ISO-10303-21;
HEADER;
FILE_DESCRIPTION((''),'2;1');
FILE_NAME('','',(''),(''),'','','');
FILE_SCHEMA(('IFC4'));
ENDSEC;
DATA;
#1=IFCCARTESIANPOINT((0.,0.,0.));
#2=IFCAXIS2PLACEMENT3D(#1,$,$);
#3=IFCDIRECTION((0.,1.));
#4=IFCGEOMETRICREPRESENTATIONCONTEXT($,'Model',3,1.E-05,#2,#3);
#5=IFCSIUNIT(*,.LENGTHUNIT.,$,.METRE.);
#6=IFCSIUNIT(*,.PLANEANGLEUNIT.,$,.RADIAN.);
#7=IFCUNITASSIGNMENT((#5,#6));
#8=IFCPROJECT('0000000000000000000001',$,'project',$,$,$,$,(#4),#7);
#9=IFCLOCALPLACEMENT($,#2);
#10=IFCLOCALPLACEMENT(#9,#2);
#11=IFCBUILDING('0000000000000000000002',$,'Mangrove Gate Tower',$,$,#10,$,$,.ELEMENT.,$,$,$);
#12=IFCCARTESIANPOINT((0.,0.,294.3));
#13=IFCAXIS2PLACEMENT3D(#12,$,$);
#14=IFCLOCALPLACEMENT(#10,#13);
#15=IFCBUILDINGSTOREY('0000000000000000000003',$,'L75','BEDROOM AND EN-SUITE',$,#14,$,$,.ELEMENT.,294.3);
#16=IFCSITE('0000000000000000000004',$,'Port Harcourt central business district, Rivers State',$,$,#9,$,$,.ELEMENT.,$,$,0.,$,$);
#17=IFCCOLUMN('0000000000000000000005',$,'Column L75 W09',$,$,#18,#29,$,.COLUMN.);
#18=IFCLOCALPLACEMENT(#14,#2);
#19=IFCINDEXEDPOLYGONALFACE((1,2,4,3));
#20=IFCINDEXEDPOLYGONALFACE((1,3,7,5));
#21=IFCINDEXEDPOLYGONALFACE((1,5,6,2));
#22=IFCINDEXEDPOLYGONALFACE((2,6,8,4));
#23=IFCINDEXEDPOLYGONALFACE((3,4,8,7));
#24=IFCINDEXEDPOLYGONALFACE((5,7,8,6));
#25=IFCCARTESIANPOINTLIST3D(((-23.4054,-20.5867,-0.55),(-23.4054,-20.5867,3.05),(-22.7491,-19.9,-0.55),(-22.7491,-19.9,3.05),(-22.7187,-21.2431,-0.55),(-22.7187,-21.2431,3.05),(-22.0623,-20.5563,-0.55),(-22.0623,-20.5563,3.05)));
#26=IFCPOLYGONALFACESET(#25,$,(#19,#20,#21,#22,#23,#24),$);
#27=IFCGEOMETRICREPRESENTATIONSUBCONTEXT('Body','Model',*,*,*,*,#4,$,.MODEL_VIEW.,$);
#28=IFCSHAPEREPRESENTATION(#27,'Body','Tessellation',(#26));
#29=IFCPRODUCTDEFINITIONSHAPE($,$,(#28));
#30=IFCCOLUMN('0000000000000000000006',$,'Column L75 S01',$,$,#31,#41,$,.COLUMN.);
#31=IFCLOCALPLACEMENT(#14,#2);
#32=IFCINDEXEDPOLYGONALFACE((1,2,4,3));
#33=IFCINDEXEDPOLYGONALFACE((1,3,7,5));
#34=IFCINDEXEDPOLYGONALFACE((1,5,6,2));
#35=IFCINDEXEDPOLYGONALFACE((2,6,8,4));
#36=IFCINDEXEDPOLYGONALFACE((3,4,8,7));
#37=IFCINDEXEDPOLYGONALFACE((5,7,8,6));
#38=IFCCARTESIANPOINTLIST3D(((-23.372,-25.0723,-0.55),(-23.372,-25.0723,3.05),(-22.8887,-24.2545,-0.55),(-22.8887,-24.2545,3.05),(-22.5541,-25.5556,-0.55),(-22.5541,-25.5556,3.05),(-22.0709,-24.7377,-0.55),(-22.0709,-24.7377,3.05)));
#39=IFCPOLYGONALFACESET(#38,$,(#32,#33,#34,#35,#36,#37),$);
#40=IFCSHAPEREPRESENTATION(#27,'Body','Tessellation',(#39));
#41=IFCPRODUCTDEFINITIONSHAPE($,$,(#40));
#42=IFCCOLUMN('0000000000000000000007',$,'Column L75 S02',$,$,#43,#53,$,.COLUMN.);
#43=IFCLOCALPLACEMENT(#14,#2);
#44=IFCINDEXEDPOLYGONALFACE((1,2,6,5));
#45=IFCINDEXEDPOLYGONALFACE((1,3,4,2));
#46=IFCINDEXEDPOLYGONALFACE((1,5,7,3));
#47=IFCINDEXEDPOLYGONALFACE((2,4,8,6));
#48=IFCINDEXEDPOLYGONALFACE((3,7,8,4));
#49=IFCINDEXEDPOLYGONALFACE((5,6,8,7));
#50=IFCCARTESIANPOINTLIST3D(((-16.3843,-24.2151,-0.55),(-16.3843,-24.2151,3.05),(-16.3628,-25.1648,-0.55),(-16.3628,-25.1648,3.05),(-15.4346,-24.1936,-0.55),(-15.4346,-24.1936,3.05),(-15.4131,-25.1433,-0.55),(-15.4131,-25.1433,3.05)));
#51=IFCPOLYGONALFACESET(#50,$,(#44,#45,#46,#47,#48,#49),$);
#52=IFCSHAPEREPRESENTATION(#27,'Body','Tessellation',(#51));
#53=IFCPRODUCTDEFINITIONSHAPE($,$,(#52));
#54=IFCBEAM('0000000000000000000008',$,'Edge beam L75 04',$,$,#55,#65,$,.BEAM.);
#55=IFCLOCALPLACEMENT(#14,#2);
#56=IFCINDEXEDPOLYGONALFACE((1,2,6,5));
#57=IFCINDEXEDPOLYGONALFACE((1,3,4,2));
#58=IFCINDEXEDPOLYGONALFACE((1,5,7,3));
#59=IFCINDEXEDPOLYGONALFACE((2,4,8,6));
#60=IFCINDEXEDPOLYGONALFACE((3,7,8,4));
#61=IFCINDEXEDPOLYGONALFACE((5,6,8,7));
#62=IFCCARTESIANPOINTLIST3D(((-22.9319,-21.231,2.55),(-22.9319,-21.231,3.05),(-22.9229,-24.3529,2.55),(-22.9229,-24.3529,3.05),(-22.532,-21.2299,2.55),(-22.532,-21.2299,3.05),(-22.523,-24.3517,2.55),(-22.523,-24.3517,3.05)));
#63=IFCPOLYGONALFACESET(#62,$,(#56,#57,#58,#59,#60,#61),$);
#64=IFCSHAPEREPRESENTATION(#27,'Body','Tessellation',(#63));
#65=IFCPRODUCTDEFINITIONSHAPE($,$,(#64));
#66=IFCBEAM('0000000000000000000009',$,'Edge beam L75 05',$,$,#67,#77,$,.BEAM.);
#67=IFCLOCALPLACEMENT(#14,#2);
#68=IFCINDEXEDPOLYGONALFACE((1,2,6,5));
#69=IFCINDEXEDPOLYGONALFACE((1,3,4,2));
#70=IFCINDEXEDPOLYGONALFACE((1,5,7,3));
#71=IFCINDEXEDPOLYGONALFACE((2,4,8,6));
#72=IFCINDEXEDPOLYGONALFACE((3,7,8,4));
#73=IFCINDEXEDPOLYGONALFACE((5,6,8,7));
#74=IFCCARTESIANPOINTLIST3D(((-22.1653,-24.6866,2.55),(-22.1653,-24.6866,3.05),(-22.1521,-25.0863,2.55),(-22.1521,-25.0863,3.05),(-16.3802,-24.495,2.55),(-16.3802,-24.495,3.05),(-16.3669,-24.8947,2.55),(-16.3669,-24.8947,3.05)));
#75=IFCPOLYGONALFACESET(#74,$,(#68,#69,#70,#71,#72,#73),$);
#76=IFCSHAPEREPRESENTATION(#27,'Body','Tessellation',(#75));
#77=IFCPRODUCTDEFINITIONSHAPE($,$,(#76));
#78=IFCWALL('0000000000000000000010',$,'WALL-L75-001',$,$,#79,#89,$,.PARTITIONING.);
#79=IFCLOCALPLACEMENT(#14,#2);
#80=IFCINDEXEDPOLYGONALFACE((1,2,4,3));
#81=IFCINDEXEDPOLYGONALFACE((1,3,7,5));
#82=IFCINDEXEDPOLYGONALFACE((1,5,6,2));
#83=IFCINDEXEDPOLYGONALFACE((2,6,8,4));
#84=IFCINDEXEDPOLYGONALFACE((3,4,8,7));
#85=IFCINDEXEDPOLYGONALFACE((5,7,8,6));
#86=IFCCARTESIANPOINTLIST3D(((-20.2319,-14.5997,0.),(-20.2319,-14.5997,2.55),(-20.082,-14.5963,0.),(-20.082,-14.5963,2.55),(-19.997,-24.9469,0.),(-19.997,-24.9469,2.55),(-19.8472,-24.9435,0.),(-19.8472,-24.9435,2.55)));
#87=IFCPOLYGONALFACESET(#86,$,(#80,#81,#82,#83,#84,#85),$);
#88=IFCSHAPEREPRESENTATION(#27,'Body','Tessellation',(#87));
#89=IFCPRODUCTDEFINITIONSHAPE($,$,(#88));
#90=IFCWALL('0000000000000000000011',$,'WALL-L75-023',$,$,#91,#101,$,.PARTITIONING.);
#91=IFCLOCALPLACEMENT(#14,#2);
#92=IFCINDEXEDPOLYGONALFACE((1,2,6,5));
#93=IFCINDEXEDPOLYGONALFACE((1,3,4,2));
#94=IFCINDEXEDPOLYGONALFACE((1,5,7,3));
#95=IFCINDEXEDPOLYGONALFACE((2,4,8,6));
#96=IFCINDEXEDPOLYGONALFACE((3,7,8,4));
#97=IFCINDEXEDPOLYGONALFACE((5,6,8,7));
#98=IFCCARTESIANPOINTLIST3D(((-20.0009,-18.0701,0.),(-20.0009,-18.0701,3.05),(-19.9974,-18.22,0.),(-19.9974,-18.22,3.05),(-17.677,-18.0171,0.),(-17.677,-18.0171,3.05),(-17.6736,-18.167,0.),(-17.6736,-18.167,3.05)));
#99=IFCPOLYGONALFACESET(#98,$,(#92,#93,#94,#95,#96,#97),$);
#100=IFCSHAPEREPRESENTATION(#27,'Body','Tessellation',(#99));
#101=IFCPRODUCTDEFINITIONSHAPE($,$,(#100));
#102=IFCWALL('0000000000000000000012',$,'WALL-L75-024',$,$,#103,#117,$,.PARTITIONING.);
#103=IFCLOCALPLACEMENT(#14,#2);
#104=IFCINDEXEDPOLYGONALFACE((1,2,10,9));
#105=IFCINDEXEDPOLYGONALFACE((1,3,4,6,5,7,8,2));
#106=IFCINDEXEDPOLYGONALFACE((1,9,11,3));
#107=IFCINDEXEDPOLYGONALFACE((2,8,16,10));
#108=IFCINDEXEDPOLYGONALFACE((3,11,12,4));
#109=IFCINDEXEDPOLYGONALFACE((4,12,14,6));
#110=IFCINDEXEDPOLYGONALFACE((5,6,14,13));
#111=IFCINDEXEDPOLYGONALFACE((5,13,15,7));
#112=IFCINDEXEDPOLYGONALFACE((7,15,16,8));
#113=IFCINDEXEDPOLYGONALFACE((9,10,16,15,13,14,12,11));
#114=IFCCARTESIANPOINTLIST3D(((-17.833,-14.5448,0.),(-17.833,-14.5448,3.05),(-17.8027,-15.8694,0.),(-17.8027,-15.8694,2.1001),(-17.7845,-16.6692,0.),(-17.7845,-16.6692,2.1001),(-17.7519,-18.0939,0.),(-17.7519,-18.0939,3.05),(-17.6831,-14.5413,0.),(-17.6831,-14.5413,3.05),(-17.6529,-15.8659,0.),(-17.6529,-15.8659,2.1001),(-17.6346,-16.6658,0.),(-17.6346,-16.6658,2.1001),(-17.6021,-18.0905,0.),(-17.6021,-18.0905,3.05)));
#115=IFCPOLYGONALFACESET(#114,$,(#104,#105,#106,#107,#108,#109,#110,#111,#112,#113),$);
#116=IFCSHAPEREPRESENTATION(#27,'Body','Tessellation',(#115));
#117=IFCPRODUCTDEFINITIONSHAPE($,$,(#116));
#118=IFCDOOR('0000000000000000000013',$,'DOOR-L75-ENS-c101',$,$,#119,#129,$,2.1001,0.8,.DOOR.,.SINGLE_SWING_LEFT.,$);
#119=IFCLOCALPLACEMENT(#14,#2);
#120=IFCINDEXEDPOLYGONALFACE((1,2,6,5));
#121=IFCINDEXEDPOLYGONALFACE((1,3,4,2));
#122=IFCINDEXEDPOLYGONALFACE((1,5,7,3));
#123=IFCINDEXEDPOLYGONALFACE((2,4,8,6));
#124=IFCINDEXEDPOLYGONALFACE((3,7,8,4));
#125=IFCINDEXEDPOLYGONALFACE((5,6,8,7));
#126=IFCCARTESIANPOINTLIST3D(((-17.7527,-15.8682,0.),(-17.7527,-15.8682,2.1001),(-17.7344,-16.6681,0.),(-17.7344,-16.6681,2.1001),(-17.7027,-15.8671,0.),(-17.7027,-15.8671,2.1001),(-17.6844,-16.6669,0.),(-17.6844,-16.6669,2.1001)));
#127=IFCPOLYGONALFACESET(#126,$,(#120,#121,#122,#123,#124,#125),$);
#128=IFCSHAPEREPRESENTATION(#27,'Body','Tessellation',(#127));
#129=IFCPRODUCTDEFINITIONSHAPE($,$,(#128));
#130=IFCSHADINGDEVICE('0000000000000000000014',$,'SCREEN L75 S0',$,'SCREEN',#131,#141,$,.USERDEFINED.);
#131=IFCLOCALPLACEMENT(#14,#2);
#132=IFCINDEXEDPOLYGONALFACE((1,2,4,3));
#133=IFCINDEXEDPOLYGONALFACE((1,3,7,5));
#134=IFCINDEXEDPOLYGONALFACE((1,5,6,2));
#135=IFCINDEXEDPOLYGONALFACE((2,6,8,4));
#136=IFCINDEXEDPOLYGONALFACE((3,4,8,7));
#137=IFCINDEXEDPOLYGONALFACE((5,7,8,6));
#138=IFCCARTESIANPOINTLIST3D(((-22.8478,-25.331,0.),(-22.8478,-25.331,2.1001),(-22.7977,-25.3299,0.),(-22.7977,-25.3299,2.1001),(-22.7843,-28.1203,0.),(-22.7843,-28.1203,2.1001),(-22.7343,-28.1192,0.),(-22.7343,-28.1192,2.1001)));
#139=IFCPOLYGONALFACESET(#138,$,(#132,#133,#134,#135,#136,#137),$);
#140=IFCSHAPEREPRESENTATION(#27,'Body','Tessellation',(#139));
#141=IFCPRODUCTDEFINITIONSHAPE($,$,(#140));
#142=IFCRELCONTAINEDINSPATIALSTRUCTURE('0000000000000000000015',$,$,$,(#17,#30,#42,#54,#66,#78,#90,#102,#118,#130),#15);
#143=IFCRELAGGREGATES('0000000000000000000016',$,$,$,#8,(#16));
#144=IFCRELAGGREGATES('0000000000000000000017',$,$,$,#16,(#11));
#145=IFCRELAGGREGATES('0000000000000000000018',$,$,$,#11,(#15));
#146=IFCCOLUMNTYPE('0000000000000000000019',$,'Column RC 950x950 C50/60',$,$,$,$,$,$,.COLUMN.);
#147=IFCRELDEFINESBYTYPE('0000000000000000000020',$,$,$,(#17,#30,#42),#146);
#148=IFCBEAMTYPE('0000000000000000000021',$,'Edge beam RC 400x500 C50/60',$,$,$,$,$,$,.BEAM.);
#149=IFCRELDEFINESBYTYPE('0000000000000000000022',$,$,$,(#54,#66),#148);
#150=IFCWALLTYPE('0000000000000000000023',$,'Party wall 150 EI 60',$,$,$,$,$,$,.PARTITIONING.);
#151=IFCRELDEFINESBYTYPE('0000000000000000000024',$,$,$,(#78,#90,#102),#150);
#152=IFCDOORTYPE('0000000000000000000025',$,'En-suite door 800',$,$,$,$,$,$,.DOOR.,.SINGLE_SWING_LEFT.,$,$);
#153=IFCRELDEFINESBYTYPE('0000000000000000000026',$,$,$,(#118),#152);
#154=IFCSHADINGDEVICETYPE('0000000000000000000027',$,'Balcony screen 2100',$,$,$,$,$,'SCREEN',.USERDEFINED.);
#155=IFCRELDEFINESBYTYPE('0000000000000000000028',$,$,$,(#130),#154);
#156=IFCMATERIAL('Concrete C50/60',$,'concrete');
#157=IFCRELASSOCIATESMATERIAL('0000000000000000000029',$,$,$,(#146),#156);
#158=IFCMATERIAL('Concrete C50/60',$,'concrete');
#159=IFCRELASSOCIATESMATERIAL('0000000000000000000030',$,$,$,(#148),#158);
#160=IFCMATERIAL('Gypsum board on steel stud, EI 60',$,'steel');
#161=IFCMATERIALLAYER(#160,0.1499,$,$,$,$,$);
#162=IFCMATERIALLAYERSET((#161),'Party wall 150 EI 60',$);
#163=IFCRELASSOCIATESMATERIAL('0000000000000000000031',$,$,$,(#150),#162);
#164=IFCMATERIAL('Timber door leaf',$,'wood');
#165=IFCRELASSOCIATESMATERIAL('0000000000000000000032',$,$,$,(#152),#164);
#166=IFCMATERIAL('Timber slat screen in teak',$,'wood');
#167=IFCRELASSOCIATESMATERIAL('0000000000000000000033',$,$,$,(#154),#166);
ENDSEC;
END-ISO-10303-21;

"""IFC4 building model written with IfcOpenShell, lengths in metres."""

from ifc_helpers import new_model, si_unit, direction, frame, frame_2d, origin, origin_2d, place, context, subcontext, project, spatial, rectangle, extrude, material, layer, layer_set, material_profile, profile_set, type_object, element, fill, save


model = new_model("IFC4")

# Units and contexts
model_context = context("Model", 3, precision=1e-05, world=origin(), true_north=direction((0.0, 1.0)))
body_context = subcontext(model_context, "Body", "Model", "MODEL_VIEW")
ifc_project = project(units=[si_unit("LENGTHUNIT", "METRE"), si_unit("PLANEANGLEUNIT", "RADIAN")], contexts=[model_context])

# Site, building, storey
site_placement = place(None, origin())
site = spatial("IfcSite", under=ifc_project, at=site_placement, Name="Port Harcourt central business district, Rivers State", CompositionType="ELEMENT", RefElevation=0.0)
building_placement = place(site_placement, origin())
building = spatial("IfcBuilding", under=site, at=building_placement, Name="Mangrove Gate Tower", CompositionType="ELEMENT")
storey_placement = place(building_placement, frame((0.0, 0.0, 294.3)))
storey = spatial("IfcBuildingStorey", under=building, at=storey_placement, Name="L75", Description="BEDROOM AND EN-SUITE", CompositionType="ELEMENT", Elevation=294.3)

# Columns
ifc_material_1 = material(Name="Concrete C50/60", Category="concrete")
ifc_material_profile_1 = material_profile(ifc_material_1, rectangle(XDim=0.95, YDim=0.95, at=origin_2d()))
ifc_profile_set_1 = profile_set([ifc_material_profile_1], Name="Concrete C50/60")
column_type = type_object("IfcColumnType", Name="Column RC 950x950 C50/60", PredefinedType="COLUMN", material=ifc_profile_set_1)
for number, where, z_axis, x_axis, name in (
    (1, (-22.7339, -20.5715, -0.55), (0.0, 0.0, 1.0), (0.722918, -0.690934, 0.0), "Column L75 W09"),
    (2, (-22.7214, -24.905, -0.55), (0.0, 0.0, 1.0), (0.860936, -0.508713, 0.0), "Column L75 S01"),
    (3, (-15.8987, -24.6792, -0.55), (0.0, 0.0, 1.0), (0.999743, 0.02268, 0.0), "Column L75 S02"),
):
    element("IfcColumn", number, at=place(storey_placement, frame(where, z_axis=z_axis, x_axis=x_axis)), inside=storey, type_object=column_type, Name=name, PredefinedType="COLUMN", context=body_context, shape_type="SweptSolid", body=[
        extrude(rectangle(XDim=0.95, YDim=0.95, at=origin_2d()), origin(), (0.0, 0.0, 1.0), 3.6001),
    ])

# Beams
ifc_material_2 = material(Name="Concrete C50/60", Category="concrete")
ifc_material_profile_2 = material_profile(ifc_material_2, rectangle(XDim=0.3999, YDim=0.5, at=origin_2d()))
ifc_profile_set_2 = profile_set([ifc_material_profile_2], Name="Concrete C50/60")
beam_type = type_object("IfcBeamType", Name="Edge beam RC 400x500 C50/60", PredefinedType="BEAM", material=ifc_profile_set_2)
beam_1_placement = place(storey_placement, frame((-22.7319, -21.2305, 2.8), z_axis=(0.002894, -0.999996, 0.0), x_axis=(0.999996, 0.002894, 0.0)))
element("IfcBeam", 4, at=beam_1_placement, inside=storey, type_object=beam_type, Name="Edge beam L75 04", PredefinedType="BEAM", context=body_context, shape_type="SweptSolid", body=[
    extrude(rectangle(XDim=0.3999, YDim=0.5, at=origin_2d()), origin(), (0.0, 0.0, 1.0), 3.1218),
])
beam_2_placement = place(storey_placement, frame((-22.1587, -24.8865, 2.8), z_axis=(0.999452, 0.03311, 0.0), x_axis=(-0.03311, 0.999452, 0.0)))
element("IfcBeam", 5, at=beam_2_placement, inside=storey, type_object=beam_type, Name="Edge beam L75 05", PredefinedType="BEAM", context=body_context, shape_type="SweptSolid", body=[
    extrude(rectangle(XDim=0.3999, YDim=0.5, at=origin_2d()), origin(), (0.0, 0.0, 1.0), 5.7883),
])

# Walls
ifc_material_3 = material(Name="Gypsum board on steel stud, EI 60", Category="steel")
ifc_layer = layer(ifc_material_3, 0.1499)
ifc_layer_set = layer_set([ifc_layer], Name="Party wall 150 EI 60")
wall_type = type_object("IfcWallType", Name="Party wall 150 EI 60", PredefinedType="PARTITIONING", material=ifc_layer_set)
wall_1_placement = place(storey_placement, frame((-19.9221, -24.9451, 0.0), z_axis=(0.0, 0.0, 1.0), x_axis=(-0.022692, 0.999742, 0.0)))
element("IfcWall", 6, at=wall_1_placement, inside=storey, type_object=wall_type, Name="WALL-L75-001", PredefinedType="PARTITIONING", context=body_context, shape_type="SweptSolid", body=[
    extrude(rectangle(XDim=10.3499, YDim=0.1499, at=frame_2d((5.1748, 0.0))), origin(), (0.0, 0.0, 1.0), 2.55),
])
wall_2_placement = place(storey_placement, frame((-19.999, -18.145, 0.0), z_axis=(0.0, 0.0, 1.0), x_axis=(0.99974, 0.022791, 0.0)))
element("IfcWall", 7, at=wall_2_placement, inside=storey, type_object=wall_type, Name="WALL-L75-023", PredefinedType="PARTITIONING", context=body_context, shape_type="SweptSolid", body=[
    extrude(rectangle(XDim=2.3245, YDim=0.1499, at=frame_2d((1.1621, 0.0))), origin(), (0.0, 0.0, 1.0), 3.05),
])

# Wall, opening, door
wall_3_placement = place(storey_placement, frame((-17.677, -18.092, 0.0), z_axis=(0.0, 0.0, 1.0), x_axis=(-0.022832, 0.999739, 0.0)))
wall_3 = element("IfcWall", 8, at=wall_3_placement, inside=storey, type_object=wall_type, Name="WALL-L75-024", PredefinedType="PARTITIONING", context=body_context, shape_type="SweptSolid", body=[
    extrude(rectangle(XDim=3.55, YDim=0.1499, at=frame_2d((1.7749, 0.0))), origin(), (0.0, 0.0, 1.0), 3.05),
])
opening_placement = place(wall_3_placement, frame((1.425, 0.0, 0.0)))
opening = element("IfcOpeningElement", 9, at=opening_placement, cuts=wall_3, PredefinedType="OPENING", context=body_context, shape_type="SweptSolid", body=[
    extrude(rectangle(XDim=0.8, YDim=2.1001, at=frame_2d((0.3999, 1.05))), frame((0.0, 0.085, 0.0), z_axis=(0.0, -1.0, 0.0), x_axis=(1.0, 0.0, 0.0)), (0.0, 0.0, 1.0), 0.1699),
])
ifc_material_4 = material(Name="Timber door leaf", Category="wood")
door_type = type_object("IfcDoorType", Name="En-suite door 800", OperationType="SINGLE_SWING_LEFT", PredefinedType="DOOR", material=ifc_material_4)
door_placement = place(opening_placement, origin())
door = element("IfcDoor", 10, at=door_placement, inside=storey, type_object=door_type, Name="DOOR-L75-ENS-c101", OperationType="SINGLE_SWING_LEFT", OverallHeight=2.1001, OverallWidth=0.8, PredefinedType="DOOR", context=body_context, shape_type="SweptSolid", body=[
    extrude(rectangle(XDim=0.8, YDim=2.1001, at=frame_2d((0.3999, 1.05))), frame((0.0, 0.0249, 0.0), z_axis=(0.0, -1.0, 0.0), x_axis=(1.0, 0.0, 0.0)), (0.0, 0.0, 1.0), 0.05),
])
fill(opening, door)

# Shading device
ifc_material_5 = material(Name="Timber slat screen in teak", Category="wood")
shading_device_type = type_object("IfcShadingDeviceType", Name="Balcony screen 2100", ElementType="SCREEN", PredefinedType="USERDEFINED", material=ifc_material_5)
shading_device_placement = place(storey_placement, frame((-22.791, -26.7251, 0.0), z_axis=(0.0, 0.0, 1.0), x_axis=(0.02274, -0.999741, 0.0)))
element("IfcShadingDevice", 11, at=shading_device_placement, inside=storey, type_object=shading_device_type, Name="SCREEN L75 S0", ObjectType="SCREEN", PredefinedType="USERDEFINED", context=body_context, shape_type="SweptSolid", body=[
    extrude(rectangle(XDim=2.79, YDim=0.05, at=origin_2d()), origin(), (0.0, 0.0, 1.0), 2.1001),
])

save(model, "model.ifc")
